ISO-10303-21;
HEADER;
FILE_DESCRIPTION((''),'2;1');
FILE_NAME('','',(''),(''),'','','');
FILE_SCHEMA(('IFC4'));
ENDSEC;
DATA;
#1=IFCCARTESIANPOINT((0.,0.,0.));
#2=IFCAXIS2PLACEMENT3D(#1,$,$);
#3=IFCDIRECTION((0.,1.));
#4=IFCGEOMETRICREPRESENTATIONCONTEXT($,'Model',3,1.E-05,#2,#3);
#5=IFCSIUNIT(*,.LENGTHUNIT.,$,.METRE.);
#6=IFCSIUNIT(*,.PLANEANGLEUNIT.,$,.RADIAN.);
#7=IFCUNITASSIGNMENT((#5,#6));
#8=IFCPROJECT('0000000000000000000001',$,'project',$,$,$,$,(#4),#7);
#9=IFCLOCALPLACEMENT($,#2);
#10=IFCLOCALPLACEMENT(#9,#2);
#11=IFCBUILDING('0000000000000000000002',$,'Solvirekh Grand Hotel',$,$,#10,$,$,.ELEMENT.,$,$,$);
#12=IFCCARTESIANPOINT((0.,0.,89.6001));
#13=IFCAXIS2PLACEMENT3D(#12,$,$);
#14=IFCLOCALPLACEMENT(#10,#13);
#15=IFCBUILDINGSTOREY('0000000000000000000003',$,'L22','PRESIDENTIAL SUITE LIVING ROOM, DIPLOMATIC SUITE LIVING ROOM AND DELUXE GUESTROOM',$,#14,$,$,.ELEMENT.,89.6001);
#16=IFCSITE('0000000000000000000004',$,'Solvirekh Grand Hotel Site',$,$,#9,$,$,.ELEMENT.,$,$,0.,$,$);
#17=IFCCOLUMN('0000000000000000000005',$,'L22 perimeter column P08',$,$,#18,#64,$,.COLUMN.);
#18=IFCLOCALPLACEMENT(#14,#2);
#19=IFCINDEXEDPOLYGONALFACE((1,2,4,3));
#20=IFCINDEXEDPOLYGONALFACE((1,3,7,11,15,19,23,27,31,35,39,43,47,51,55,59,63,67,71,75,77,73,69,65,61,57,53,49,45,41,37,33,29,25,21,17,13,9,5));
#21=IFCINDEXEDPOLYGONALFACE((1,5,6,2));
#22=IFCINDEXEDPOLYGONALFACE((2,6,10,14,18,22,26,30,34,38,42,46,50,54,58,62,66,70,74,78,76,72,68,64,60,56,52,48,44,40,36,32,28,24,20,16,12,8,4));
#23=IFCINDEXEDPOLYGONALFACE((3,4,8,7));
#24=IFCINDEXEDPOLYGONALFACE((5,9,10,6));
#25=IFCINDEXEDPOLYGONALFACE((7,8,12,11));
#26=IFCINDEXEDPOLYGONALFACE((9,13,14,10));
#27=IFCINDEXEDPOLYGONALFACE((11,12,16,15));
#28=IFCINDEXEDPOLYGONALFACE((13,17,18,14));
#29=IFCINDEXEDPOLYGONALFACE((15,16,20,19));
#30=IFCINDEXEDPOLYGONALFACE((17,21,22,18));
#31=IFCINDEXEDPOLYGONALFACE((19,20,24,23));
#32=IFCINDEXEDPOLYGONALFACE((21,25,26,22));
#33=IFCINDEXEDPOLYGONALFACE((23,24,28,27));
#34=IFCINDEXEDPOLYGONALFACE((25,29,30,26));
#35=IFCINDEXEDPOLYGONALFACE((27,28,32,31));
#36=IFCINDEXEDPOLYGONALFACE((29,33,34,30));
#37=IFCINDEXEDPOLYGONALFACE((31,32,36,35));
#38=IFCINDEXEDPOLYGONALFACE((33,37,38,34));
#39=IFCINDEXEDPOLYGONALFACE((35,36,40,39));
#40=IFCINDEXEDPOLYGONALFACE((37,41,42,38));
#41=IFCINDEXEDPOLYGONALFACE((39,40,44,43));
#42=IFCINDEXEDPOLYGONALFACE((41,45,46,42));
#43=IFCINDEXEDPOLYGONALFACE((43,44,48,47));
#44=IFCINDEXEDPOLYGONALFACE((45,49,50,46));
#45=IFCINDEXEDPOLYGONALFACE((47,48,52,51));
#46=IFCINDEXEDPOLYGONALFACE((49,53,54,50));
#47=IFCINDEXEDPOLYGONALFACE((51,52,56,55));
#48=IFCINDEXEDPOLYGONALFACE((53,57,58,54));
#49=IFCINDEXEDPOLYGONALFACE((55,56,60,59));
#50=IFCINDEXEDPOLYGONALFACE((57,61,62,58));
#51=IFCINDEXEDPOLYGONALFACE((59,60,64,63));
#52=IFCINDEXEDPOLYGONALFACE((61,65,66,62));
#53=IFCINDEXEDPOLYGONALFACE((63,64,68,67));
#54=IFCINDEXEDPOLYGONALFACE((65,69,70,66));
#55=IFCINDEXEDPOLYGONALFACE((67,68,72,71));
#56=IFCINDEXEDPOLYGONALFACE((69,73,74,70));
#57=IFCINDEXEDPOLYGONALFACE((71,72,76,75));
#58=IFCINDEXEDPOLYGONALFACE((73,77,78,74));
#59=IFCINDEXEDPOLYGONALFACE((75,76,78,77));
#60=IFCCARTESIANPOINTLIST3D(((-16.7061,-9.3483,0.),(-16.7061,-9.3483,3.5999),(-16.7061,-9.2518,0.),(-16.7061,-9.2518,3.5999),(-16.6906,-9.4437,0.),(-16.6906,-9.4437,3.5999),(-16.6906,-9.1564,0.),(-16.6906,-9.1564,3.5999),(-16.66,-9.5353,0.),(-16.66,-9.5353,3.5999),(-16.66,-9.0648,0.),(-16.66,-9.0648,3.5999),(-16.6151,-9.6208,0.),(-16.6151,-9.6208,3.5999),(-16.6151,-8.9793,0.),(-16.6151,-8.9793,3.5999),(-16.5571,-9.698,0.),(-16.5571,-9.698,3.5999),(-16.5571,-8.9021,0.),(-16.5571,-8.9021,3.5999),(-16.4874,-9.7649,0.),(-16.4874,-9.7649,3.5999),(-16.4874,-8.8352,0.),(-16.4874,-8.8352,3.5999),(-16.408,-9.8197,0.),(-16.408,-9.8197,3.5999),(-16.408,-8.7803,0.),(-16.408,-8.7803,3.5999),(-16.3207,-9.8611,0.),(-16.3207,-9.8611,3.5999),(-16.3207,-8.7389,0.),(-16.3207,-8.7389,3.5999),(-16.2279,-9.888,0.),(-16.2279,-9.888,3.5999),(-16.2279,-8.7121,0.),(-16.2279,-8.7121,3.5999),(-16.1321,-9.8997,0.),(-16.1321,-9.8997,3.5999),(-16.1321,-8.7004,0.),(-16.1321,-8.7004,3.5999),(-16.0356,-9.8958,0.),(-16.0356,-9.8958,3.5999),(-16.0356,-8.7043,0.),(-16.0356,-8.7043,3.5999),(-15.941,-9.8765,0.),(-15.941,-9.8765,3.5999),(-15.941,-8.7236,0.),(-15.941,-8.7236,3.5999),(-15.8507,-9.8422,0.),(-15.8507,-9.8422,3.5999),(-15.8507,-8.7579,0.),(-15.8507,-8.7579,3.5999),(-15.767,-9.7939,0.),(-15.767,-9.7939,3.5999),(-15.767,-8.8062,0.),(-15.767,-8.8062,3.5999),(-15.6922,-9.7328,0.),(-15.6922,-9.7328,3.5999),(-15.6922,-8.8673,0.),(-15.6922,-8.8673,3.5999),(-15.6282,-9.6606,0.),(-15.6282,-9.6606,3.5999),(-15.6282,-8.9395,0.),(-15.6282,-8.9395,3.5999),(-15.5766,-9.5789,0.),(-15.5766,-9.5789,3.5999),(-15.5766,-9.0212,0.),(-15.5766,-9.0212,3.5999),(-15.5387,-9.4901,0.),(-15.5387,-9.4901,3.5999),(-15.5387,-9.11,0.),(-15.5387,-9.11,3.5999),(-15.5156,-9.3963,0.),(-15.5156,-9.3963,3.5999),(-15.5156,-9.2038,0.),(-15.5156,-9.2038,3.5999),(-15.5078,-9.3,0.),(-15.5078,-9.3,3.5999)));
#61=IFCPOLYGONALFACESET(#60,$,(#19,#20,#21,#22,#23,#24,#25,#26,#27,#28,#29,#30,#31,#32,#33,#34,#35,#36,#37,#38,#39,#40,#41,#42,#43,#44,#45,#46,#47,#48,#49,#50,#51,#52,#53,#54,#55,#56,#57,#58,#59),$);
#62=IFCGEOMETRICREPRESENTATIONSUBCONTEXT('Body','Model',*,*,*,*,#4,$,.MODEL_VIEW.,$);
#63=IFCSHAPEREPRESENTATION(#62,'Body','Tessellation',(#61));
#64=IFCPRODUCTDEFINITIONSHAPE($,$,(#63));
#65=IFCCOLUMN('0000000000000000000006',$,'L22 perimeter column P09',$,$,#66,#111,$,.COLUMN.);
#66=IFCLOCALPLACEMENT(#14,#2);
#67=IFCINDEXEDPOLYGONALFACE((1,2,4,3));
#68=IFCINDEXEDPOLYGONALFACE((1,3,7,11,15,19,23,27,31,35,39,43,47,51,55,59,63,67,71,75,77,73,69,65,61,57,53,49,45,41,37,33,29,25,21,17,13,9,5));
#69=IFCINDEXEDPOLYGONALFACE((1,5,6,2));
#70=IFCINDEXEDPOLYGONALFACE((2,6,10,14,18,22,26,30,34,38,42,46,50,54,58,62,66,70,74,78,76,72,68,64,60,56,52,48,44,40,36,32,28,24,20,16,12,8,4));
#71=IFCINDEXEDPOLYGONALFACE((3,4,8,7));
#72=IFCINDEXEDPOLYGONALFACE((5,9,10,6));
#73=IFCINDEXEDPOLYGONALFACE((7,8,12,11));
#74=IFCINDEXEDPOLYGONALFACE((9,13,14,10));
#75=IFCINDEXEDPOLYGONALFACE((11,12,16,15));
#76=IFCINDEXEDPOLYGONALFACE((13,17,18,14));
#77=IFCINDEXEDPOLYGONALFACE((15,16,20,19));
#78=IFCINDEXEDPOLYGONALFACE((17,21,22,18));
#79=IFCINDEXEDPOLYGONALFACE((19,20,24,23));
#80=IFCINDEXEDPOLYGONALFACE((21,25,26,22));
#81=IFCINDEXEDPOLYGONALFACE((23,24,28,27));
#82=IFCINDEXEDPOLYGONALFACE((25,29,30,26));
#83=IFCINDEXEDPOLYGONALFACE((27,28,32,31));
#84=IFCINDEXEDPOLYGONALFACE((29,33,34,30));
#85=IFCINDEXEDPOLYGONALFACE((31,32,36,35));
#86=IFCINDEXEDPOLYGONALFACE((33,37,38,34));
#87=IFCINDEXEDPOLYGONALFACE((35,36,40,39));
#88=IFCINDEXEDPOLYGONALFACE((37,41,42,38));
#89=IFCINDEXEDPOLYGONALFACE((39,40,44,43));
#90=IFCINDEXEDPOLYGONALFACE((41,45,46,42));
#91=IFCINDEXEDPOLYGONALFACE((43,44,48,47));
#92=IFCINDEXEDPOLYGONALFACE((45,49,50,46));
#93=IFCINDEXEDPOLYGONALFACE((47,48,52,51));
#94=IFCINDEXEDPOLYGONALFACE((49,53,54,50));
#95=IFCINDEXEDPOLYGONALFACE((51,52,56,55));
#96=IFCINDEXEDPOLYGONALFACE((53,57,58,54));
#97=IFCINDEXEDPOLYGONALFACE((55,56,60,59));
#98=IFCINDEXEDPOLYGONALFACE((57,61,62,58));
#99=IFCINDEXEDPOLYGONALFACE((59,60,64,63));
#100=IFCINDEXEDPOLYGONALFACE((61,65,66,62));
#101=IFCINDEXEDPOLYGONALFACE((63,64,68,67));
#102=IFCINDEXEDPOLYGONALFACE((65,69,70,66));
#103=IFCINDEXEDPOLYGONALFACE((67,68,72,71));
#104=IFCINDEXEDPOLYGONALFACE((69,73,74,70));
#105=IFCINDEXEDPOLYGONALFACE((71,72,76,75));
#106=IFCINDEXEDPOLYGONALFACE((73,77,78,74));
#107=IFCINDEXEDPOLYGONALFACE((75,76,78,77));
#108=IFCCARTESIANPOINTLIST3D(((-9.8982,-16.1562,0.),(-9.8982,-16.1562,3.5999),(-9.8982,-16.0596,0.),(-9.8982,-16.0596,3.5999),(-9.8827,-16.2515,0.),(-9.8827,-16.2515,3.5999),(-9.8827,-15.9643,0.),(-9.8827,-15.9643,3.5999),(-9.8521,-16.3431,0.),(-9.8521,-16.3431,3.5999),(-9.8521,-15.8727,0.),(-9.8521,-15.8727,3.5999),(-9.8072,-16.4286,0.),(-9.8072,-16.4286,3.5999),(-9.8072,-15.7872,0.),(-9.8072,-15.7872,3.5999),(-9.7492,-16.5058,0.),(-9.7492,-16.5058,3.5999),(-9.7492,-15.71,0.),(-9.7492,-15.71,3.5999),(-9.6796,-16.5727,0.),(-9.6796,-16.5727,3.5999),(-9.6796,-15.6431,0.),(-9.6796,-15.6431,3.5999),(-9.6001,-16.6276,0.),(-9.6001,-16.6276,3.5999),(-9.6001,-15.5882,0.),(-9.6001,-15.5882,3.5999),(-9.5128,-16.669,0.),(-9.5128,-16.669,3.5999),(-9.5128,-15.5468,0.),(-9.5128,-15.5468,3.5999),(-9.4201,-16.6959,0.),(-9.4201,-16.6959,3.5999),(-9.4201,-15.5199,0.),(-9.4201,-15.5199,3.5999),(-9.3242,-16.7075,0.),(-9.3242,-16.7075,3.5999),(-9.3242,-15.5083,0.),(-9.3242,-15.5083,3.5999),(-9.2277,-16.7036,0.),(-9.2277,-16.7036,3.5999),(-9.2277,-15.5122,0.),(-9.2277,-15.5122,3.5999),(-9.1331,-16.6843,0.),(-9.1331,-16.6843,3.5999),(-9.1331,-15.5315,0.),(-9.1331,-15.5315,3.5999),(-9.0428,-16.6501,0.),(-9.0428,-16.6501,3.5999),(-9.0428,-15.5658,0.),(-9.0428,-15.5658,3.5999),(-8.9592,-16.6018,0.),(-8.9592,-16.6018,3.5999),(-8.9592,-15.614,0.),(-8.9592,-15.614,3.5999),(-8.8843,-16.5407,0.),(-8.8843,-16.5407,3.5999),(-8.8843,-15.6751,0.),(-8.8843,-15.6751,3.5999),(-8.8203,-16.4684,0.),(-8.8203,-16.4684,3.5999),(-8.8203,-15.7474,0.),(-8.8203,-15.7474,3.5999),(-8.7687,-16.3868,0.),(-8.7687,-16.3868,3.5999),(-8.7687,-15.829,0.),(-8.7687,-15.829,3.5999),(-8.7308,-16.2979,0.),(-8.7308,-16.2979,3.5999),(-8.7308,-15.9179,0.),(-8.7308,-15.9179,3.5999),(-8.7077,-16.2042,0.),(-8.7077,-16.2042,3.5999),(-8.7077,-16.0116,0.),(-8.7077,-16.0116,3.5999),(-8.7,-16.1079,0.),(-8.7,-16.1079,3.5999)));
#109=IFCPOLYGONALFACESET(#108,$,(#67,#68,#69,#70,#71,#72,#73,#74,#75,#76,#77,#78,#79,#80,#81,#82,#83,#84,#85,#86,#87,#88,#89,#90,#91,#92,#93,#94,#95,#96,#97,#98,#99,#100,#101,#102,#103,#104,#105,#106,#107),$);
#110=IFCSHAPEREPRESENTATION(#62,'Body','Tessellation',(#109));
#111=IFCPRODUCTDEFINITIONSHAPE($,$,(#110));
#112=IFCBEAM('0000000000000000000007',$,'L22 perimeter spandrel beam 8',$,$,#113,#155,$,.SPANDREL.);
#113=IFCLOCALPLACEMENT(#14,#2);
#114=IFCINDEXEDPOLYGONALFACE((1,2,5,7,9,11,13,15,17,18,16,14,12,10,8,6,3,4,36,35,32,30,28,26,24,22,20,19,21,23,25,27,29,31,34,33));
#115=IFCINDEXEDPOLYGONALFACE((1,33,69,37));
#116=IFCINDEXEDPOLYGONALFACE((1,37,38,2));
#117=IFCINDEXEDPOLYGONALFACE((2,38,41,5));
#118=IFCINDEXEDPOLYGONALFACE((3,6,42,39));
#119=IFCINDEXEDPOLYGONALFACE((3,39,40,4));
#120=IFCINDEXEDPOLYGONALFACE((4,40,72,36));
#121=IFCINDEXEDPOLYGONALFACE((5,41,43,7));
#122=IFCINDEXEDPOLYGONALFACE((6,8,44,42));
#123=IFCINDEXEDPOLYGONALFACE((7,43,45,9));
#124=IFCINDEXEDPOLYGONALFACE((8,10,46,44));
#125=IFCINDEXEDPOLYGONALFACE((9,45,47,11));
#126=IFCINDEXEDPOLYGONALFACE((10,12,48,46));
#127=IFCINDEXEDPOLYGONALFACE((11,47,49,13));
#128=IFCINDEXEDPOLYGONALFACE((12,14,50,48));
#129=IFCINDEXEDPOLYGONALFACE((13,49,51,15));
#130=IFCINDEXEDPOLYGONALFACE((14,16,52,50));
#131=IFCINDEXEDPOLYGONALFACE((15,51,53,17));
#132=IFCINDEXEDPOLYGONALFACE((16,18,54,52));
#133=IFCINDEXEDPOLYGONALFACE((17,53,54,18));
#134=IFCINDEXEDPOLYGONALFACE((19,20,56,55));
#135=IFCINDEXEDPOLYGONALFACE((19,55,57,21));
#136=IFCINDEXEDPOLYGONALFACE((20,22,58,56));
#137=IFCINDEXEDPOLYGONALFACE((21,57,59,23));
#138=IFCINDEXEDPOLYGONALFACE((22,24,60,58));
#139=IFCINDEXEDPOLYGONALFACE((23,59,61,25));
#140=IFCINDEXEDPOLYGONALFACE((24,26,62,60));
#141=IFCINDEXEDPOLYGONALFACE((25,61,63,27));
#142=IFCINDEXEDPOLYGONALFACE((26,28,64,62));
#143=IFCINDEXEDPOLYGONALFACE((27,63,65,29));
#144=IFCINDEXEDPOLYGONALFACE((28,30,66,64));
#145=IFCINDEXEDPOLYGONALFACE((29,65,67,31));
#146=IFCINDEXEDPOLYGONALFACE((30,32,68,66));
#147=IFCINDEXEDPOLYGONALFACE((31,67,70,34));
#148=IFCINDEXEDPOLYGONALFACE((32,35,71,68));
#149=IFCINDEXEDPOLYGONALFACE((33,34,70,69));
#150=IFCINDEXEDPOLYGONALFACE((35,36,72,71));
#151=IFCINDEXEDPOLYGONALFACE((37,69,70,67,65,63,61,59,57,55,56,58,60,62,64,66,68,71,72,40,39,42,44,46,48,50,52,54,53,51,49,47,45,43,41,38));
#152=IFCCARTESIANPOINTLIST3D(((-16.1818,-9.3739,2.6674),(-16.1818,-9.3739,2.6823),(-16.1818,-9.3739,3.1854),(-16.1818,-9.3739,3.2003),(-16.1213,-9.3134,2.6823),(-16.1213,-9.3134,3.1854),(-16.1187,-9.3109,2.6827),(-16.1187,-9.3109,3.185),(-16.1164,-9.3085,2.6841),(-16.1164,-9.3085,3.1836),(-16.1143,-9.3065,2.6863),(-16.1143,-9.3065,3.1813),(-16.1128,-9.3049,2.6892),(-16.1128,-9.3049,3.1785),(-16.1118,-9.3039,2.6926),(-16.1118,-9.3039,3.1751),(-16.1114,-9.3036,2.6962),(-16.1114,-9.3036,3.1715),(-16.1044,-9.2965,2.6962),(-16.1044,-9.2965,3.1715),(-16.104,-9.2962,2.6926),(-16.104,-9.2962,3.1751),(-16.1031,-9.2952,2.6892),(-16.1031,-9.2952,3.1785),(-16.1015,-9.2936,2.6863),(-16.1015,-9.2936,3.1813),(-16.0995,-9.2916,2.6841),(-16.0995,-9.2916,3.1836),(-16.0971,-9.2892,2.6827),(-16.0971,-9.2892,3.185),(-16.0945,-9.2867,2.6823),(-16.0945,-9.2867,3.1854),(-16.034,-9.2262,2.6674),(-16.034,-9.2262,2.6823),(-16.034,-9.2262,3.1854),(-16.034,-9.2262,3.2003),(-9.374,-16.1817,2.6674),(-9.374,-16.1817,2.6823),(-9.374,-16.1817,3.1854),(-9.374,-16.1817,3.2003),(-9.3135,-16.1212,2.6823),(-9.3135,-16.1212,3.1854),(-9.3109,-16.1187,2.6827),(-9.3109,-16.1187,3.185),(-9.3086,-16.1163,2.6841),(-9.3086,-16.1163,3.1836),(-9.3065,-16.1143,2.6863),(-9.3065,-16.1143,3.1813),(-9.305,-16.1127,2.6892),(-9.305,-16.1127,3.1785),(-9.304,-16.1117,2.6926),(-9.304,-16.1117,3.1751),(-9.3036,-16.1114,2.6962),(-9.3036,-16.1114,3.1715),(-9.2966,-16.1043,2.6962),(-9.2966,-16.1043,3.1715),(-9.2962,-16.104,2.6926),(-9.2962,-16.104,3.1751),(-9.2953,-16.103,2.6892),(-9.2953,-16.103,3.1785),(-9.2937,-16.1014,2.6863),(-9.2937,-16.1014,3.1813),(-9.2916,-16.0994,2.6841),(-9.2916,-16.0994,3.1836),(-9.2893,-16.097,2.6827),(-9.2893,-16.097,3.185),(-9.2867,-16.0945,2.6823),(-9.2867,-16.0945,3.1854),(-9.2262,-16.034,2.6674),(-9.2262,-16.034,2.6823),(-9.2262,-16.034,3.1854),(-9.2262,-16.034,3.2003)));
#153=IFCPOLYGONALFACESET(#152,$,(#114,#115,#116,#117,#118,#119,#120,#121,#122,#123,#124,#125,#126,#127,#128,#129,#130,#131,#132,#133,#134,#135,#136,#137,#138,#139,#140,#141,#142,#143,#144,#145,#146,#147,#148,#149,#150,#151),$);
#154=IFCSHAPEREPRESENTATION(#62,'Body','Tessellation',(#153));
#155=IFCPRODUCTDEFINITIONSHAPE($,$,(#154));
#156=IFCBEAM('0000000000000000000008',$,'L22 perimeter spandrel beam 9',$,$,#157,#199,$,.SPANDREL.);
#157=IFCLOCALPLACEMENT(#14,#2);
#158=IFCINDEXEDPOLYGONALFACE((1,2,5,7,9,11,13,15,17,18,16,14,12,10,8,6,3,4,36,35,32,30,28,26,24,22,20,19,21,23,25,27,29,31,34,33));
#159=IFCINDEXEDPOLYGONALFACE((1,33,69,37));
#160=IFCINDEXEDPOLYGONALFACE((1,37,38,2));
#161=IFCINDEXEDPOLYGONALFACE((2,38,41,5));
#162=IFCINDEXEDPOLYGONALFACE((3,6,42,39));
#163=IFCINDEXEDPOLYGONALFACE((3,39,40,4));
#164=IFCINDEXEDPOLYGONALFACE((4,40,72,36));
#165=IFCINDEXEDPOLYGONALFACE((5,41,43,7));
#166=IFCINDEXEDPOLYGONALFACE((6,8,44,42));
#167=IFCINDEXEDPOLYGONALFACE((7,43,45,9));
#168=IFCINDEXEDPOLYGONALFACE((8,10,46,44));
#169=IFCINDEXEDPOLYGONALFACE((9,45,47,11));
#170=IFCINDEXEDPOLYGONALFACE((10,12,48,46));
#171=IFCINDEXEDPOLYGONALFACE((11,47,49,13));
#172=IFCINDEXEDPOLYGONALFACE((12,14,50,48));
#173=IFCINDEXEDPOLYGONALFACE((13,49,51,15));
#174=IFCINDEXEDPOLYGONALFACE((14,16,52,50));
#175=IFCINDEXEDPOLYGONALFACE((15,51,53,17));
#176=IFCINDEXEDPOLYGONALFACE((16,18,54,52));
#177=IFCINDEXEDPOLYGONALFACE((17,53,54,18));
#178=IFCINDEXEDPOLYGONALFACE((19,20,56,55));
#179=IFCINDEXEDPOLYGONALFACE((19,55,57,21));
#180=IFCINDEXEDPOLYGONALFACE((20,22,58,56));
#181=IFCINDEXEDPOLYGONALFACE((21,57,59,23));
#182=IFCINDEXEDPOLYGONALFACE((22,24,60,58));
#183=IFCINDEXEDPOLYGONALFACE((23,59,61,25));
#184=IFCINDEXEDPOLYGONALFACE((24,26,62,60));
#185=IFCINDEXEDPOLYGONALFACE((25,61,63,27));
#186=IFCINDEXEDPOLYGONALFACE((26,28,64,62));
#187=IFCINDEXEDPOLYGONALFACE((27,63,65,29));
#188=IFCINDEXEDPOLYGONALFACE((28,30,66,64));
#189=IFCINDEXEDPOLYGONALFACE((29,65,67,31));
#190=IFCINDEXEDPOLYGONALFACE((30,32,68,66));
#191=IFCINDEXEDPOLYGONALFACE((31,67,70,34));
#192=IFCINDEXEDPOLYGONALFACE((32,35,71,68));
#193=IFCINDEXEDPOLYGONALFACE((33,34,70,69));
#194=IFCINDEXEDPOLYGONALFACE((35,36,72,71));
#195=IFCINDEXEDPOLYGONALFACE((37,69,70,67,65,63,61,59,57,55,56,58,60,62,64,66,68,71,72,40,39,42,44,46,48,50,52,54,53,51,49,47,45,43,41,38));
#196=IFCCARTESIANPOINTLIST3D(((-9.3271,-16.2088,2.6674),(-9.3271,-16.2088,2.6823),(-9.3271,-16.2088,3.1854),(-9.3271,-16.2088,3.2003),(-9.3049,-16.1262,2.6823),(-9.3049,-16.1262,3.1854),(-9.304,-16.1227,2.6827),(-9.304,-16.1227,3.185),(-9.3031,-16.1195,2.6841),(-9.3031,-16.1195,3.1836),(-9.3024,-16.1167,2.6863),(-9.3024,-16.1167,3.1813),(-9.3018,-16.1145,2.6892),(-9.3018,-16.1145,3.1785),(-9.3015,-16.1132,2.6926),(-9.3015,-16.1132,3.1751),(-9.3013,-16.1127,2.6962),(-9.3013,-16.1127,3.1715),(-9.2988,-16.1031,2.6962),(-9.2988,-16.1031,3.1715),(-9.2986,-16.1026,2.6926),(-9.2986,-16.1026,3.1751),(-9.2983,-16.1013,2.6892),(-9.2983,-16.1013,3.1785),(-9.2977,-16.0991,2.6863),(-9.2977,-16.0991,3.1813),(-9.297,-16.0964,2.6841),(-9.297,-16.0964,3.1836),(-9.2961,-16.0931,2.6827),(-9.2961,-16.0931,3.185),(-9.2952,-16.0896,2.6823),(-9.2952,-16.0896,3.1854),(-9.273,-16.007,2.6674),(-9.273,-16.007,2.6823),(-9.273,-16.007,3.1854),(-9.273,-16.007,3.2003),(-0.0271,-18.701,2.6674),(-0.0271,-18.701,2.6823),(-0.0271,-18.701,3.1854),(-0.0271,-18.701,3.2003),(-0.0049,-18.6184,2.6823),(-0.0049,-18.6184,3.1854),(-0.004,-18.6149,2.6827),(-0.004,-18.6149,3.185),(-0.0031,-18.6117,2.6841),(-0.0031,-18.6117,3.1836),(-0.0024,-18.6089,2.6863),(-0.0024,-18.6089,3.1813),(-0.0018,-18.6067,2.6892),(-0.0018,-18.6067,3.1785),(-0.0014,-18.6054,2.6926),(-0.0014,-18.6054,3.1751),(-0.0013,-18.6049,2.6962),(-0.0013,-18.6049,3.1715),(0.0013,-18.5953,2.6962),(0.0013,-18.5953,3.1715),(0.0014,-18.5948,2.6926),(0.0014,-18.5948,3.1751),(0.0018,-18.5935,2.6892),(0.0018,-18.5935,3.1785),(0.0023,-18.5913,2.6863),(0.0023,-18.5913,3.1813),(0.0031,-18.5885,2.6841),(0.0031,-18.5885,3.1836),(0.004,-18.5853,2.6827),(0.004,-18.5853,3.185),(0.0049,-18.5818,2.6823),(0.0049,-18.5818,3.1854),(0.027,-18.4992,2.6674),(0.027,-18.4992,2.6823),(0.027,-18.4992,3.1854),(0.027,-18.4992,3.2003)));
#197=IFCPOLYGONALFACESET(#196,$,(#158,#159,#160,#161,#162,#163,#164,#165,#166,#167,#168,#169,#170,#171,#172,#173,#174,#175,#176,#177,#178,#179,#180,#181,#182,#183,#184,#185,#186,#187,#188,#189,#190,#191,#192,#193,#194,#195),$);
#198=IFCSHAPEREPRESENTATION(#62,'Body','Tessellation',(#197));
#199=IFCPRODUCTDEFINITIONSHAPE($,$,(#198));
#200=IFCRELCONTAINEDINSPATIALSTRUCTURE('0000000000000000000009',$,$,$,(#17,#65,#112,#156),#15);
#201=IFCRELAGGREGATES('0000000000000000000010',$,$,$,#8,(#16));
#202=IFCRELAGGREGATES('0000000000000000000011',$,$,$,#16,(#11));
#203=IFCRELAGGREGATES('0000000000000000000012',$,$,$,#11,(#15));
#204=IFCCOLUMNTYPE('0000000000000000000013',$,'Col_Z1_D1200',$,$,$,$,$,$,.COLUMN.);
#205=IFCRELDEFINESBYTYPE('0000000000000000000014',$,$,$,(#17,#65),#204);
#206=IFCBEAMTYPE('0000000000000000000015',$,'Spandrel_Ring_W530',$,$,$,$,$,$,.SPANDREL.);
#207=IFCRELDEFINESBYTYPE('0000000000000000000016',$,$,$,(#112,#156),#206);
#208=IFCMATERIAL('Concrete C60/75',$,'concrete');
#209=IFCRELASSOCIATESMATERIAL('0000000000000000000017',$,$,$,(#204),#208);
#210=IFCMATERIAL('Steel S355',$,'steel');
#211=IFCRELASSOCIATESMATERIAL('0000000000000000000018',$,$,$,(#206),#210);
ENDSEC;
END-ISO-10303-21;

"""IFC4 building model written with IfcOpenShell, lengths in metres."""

from ifc_helpers import new_model, si_unit, direction, frame, origin, origin_2d, place, context, subcontext, project, spatial, circle, i_section, extrude, material, material_profile, profile_set, type_object, element, save


model = new_model("IFC4")

# Units and contexts
model_context = context("Model", 3, precision=1e-05, world=origin(), true_north=direction((0.0, 1.0)))
body_context = subcontext(model_context, "Body", "Model", "MODEL_VIEW")
ifc_project = project(units=[si_unit("LENGTHUNIT", "METRE"), si_unit("PLANEANGLEUNIT", "RADIAN")], contexts=[model_context])

# Site, building, storey
site_placement = place(None, origin())
site = spatial("IfcSite", under=ifc_project, at=site_placement, Name="Solvirekh Grand Hotel Site", CompositionType="ELEMENT", RefElevation=0.0)
building_placement = place(site_placement, origin())
building = spatial("IfcBuilding", under=site, at=building_placement, Name="Solvirekh Grand Hotel", CompositionType="ELEMENT")
storey_placement = place(building_placement, frame((0.0, 0.0, 89.6001)))
storey = spatial("IfcBuildingStorey", under=building, at=storey_placement, Name="L22", Description="PRESIDENTIAL SUITE LIVING ROOM, DIPLOMATIC SUITE LIVING ROOM AND DELUXE GUESTROOM", CompositionType="ELEMENT", Elevation=89.6001)

# Columns
ifc_material_1 = material(Name="Concrete C60/75", Category="concrete")
ifc_material_profile_1 = material_profile(ifc_material_1, circle(Radius=0.6001, at=origin_2d()), Name="RC CIRC D1200")
ifc_profile_set_1 = profile_set([ifc_material_profile_1], Name="Concrete C60/75")
column_type = type_object("IfcColumnType", Name="Col_Z1_D1200", PredefinedType="COLUMN", material=ifc_profile_set_1)
for number, where, z_axis, x_axis, name in (
    (1, (-16.1079, -9.3, 0.0), (0.0, 0.0, 1.0), (1.0, 0.0, 0.0), "L22 perimeter column P08"),
    (2, (-9.3, -16.1079, 0.0), (0.0, 0.0, 1.0), (1.0, 0.0, 0.0), "L22 perimeter column P09"),
):
    element("IfcColumn", number, at=place(storey_placement, frame(where, z_axis=z_axis, x_axis=x_axis)), inside=storey, type_object=column_type, Name=name, PredefinedType="COLUMN", context=body_context, shape_type="SweptSolid", body=[
        extrude(circle(Radius=0.6001, at=origin_2d()), origin(), (0.0, 0.0, 1.0), 3.5999),
    ])

# Beams
ifc_material_2 = material(Name="Steel S355", Category="steel")
ifc_material_profile_2 = material_profile(ifc_material_2, i_section(OverallWidth=0.209, OverallDepth=0.533, WebThickness=0.01, FlangeThickness=0.0149, FilletRadius=0.0139, at=origin_2d()), Name="W530X92")
ifc_profile_set_2 = profile_set([ifc_material_profile_2], Name="Steel S355")
beam_type_1 = type_object("IfcBeamType", Name="Spandrel_Ring_W530", PredefinedType="SPANDREL", material=ifc_profile_set_2)
beam_1_placement = place(storey_placement, frame((-16.1079, -9.3, 2.9338), z_axis=(0.707107, -0.707107, 0.0), x_axis=(0.707107, 0.707107, 0.0)))
element("IfcBeam", 3, at=beam_1_placement, inside=storey, type_object=beam_type_1, Name="L22 perimeter spandrel beam 8", PredefinedType="SPANDREL", context=body_context, shape_type="SweptSolid", body=[
    extrude(i_section(OverallWidth=0.209, OverallDepth=0.533, WebThickness=0.01, FlangeThickness=0.0149, FilletRadius=0.0139, at=origin_2d()), origin(), (0.0, 0.0, 1.0), 9.6277),
])
beam_2_placement = place(storey_placement, frame((-9.3, -16.1079, 2.9338), z_axis=(0.965919, -0.258843, 0.0), x_axis=(0.258843, 0.965919, 0.0)))
element("IfcBeam", 4, at=beam_2_placement, inside=storey, type_object=beam_type_1, Name="L22 perimeter spandrel beam 9", PredefinedType="SPANDREL", context=body_context, shape_type="SweptSolid", body=[
    extrude(i_section(OverallWidth=0.209, OverallDepth=0.533, WebThickness=0.01, FlangeThickness=0.0149, FilletRadius=0.0139, at=origin_2d()), origin(), (0.0, 0.0, 1.0), 9.6282),
])

save(model, "model.ifc")
